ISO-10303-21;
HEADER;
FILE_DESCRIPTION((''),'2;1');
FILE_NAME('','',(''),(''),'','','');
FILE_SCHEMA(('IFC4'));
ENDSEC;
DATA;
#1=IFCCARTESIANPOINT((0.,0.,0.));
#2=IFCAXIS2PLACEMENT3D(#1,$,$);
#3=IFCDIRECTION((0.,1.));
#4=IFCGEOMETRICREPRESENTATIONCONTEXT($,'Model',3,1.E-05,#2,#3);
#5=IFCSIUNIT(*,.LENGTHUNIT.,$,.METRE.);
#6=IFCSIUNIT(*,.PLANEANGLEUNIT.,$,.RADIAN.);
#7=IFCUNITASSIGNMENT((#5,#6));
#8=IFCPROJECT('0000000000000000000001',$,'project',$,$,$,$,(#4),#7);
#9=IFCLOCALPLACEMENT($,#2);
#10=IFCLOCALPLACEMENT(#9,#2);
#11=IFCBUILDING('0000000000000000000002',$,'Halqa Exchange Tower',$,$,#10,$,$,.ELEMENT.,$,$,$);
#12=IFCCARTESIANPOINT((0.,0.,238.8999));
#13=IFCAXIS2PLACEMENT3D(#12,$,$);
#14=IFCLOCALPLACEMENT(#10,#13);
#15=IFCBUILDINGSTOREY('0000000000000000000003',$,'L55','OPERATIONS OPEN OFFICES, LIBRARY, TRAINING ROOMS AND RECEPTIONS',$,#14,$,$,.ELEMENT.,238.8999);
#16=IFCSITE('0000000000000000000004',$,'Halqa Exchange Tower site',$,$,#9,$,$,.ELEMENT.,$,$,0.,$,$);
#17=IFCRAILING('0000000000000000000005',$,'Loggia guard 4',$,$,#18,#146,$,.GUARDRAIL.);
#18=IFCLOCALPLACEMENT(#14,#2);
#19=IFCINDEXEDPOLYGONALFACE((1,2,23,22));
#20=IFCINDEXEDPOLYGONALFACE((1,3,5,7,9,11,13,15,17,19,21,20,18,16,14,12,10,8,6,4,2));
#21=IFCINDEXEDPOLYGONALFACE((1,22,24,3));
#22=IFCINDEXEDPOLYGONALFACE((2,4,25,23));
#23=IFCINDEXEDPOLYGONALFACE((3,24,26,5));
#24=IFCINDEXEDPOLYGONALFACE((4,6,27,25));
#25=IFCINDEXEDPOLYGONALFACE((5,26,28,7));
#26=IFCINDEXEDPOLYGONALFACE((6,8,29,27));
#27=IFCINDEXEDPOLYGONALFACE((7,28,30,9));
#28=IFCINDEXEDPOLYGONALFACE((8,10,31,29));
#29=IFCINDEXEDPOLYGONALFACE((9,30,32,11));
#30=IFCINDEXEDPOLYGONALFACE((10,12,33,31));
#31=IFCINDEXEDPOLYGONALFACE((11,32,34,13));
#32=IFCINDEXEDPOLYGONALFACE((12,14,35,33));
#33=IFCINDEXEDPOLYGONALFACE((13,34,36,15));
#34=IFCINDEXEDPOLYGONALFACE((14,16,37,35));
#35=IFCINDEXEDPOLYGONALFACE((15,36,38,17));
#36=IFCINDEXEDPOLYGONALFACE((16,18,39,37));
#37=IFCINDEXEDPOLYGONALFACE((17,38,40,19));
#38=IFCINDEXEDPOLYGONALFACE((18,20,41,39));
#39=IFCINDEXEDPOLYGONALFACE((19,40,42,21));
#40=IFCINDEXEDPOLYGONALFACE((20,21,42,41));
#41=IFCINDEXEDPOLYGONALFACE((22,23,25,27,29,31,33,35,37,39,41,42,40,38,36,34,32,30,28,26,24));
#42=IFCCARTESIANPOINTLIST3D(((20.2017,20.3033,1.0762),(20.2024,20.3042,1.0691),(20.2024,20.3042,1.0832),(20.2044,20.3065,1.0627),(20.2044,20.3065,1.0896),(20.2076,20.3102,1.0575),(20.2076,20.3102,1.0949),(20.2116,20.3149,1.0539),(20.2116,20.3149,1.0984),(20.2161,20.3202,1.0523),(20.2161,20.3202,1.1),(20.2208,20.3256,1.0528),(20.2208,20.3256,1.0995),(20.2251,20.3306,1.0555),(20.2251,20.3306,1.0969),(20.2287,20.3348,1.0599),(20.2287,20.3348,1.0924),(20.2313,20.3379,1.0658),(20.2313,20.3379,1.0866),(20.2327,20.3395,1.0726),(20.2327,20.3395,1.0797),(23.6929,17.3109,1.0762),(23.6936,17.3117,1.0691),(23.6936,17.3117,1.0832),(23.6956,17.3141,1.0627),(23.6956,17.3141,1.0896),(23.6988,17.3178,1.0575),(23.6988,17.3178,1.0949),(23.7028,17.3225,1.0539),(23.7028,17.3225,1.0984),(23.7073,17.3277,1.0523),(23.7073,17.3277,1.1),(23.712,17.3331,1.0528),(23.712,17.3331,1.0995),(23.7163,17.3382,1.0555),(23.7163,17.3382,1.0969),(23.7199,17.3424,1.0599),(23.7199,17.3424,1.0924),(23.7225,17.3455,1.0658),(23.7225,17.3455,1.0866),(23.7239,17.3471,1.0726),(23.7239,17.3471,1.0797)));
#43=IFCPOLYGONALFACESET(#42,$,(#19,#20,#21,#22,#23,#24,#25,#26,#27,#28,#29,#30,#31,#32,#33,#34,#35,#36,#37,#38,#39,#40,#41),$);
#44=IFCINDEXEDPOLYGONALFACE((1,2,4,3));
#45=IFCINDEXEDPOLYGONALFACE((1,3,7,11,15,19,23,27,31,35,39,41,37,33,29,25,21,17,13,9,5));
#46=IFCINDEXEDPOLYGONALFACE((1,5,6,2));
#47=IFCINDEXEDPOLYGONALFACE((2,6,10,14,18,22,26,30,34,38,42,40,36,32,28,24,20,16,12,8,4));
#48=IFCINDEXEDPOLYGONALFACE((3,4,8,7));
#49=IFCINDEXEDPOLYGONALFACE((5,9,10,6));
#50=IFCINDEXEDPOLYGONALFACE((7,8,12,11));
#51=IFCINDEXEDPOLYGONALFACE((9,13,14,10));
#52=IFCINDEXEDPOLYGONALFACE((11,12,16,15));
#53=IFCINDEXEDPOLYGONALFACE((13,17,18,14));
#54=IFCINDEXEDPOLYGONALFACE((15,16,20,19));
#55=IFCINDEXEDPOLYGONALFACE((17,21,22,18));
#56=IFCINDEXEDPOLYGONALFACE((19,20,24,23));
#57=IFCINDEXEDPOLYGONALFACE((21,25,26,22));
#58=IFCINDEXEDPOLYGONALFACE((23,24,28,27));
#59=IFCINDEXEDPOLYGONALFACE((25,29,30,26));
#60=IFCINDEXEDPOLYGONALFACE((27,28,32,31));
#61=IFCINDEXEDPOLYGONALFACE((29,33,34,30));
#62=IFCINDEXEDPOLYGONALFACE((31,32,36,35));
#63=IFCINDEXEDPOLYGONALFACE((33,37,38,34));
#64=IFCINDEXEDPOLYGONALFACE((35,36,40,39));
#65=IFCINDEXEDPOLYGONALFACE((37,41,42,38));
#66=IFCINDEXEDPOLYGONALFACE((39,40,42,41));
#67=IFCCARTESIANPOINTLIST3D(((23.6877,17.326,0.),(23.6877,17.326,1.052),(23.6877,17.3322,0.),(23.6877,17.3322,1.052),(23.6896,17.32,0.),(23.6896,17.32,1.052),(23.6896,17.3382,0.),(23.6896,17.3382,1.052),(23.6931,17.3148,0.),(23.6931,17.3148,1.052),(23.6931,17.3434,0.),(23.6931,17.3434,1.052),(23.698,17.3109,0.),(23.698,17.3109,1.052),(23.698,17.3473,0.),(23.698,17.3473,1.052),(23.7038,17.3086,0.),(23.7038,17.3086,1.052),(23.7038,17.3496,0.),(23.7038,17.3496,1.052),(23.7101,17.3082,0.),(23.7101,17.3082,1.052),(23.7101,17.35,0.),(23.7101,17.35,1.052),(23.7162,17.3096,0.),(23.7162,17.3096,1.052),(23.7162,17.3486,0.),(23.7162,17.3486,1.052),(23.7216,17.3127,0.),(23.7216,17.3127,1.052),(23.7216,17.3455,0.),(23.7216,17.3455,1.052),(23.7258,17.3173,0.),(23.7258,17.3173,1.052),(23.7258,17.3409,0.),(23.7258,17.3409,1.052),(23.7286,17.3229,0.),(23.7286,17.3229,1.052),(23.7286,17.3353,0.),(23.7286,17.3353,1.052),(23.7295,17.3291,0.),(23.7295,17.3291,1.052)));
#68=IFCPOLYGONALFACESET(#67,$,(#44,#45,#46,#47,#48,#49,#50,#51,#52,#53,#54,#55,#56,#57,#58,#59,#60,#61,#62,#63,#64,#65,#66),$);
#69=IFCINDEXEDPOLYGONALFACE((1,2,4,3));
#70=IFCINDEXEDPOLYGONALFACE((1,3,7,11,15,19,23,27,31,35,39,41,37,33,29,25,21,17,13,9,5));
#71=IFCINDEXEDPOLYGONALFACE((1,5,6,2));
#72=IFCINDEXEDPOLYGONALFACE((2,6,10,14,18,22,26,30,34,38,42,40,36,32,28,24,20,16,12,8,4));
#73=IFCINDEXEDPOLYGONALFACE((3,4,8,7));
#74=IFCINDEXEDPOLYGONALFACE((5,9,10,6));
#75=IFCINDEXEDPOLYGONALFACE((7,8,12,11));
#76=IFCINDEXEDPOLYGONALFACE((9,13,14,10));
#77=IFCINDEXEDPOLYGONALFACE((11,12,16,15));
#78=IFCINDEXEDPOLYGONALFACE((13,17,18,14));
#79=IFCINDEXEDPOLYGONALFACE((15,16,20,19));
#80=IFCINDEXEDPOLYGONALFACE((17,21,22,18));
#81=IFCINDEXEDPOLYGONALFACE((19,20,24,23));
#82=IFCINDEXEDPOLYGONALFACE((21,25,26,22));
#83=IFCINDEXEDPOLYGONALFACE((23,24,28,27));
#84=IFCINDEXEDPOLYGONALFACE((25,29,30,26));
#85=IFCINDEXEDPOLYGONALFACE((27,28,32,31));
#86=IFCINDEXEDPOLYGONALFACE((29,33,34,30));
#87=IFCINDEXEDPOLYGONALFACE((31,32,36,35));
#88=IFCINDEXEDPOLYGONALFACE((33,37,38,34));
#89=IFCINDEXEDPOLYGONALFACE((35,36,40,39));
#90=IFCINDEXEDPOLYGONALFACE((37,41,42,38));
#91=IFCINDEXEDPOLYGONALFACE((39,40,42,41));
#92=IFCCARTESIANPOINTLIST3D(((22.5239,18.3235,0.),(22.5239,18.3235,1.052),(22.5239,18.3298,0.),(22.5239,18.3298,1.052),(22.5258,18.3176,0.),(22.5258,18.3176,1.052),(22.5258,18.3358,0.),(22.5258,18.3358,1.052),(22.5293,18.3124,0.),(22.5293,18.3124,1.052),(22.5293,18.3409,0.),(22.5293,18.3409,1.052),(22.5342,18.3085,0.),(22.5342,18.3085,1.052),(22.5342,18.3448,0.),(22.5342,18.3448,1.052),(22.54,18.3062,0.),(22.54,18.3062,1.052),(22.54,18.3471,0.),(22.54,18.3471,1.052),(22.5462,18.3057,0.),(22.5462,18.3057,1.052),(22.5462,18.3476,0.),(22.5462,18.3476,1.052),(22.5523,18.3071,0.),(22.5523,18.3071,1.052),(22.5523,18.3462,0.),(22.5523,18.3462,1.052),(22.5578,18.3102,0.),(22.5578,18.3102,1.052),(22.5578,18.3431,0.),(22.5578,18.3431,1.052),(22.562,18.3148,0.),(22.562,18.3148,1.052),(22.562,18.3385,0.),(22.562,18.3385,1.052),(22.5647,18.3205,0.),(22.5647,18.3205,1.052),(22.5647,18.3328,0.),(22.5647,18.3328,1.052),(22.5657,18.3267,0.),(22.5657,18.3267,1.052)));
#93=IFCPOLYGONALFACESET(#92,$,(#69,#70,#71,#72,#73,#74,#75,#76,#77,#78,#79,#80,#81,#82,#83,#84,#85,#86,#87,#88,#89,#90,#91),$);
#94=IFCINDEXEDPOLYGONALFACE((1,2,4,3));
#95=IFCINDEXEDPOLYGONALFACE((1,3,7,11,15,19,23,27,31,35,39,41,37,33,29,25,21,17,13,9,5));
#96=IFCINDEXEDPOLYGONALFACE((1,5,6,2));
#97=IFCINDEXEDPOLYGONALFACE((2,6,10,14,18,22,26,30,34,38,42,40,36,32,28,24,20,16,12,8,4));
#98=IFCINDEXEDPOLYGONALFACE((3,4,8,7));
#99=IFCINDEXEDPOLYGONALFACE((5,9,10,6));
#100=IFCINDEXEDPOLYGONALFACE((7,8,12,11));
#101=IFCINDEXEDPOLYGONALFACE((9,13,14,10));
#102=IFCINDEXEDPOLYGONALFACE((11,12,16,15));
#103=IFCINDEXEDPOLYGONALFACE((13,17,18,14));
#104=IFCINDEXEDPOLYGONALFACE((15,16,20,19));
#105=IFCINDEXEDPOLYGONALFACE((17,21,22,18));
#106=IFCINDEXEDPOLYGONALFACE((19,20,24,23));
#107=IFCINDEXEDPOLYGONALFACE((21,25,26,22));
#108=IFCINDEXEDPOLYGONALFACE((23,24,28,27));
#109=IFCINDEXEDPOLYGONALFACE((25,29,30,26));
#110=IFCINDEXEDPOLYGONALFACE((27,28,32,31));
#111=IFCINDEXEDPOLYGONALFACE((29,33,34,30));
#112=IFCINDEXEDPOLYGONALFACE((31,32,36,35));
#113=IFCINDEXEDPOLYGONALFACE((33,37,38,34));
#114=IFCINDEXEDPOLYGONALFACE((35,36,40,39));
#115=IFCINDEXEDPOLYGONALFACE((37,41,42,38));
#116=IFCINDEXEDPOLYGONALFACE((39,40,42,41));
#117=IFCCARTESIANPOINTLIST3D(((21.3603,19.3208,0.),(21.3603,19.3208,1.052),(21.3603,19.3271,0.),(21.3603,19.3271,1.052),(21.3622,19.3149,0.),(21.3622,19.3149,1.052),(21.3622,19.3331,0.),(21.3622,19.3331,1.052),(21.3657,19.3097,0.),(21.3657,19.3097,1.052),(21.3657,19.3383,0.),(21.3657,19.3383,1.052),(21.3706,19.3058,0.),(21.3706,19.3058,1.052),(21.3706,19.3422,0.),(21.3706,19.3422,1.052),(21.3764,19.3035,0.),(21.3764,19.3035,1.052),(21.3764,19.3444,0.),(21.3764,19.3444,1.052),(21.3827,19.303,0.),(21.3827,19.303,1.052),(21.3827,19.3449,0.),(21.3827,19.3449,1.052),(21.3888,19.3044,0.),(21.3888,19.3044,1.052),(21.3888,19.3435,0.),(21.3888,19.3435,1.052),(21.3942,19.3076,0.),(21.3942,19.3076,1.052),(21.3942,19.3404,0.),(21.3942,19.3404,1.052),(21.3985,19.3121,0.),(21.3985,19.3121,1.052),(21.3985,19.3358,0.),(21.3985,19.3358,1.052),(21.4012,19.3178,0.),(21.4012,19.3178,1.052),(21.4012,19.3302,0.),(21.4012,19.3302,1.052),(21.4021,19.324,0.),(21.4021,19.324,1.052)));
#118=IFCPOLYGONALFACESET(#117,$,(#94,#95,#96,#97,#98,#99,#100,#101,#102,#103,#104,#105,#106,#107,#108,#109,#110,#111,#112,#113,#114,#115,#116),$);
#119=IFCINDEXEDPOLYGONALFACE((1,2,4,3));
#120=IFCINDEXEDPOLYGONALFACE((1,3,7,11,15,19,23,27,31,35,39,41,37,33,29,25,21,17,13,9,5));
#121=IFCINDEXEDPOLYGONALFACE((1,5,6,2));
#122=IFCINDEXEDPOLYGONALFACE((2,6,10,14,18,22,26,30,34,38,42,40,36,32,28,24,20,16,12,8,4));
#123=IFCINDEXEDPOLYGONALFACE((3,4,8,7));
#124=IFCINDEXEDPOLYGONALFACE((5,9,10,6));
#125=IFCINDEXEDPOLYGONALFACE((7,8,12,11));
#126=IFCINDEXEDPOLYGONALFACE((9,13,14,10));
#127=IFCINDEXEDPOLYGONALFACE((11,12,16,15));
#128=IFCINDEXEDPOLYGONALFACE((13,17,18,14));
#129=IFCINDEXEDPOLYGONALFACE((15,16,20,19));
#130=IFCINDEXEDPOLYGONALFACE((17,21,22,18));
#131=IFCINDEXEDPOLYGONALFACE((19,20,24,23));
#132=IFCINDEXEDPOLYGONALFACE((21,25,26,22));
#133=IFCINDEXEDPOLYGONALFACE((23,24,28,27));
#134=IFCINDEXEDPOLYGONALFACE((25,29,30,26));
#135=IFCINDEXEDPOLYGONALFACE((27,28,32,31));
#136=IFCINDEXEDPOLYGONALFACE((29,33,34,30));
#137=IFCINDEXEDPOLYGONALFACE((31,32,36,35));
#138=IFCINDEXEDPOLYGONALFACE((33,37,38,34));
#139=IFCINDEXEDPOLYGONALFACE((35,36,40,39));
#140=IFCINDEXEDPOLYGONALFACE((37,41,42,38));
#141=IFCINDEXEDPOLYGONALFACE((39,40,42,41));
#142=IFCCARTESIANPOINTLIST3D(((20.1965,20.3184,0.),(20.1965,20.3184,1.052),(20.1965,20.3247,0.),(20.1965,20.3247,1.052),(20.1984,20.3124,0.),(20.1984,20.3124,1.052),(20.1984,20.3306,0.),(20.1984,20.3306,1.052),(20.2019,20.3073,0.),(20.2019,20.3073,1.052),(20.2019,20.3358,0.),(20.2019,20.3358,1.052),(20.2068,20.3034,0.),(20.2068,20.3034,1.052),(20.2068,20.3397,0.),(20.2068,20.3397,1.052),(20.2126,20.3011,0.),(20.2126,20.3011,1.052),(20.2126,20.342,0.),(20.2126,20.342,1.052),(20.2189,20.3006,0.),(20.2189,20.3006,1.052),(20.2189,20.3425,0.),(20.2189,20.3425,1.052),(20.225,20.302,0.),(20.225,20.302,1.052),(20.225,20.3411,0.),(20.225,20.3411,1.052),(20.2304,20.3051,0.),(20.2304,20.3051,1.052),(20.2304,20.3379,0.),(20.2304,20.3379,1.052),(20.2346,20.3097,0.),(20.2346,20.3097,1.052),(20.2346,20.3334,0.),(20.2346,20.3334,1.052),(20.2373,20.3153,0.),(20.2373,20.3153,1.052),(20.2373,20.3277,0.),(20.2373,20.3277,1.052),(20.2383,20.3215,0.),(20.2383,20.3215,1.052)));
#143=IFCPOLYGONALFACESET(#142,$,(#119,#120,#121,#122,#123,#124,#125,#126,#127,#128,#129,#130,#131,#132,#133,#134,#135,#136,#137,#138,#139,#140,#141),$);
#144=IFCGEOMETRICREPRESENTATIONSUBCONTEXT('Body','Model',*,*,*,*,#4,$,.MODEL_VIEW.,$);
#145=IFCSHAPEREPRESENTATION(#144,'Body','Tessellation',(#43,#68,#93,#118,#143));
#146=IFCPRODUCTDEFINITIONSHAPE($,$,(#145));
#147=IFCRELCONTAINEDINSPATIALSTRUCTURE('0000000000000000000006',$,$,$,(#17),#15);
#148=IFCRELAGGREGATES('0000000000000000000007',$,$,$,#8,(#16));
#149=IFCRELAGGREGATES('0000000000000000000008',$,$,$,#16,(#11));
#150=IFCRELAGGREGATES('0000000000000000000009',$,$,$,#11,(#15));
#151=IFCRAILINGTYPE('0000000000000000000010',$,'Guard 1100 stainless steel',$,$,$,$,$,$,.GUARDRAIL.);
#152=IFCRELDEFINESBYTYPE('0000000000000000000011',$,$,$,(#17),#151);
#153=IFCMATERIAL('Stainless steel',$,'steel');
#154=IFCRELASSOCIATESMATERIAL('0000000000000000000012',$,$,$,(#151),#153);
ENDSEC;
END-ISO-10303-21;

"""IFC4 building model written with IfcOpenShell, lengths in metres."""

from ifc_helpers import new_model, si_unit, direction, frame, origin, origin_2d, place, context, subcontext, project, spatial, circle, extrude, material, type_object, element, save


model = new_model("IFC4")

# Units and contexts
model_context = context("Model", 3, precision=1e-05, world=origin(), true_north=direction((0.0, 1.0)))
body_context = subcontext(model_context, "Body", "Model", "MODEL_VIEW")
ifc_project = project(units=[si_unit("LENGTHUNIT", "METRE"), si_unit("PLANEANGLEUNIT", "RADIAN")], contexts=[model_context])

# Site, building, storey
site_placement = place(None, origin())
site = spatial("IfcSite", under=ifc_project, at=site_placement, Name="Halqa Exchange Tower site", CompositionType="ELEMENT", RefElevation=0.0)
building_placement = place(site_placement, origin())
building = spatial("IfcBuilding", under=site, at=building_placement, Name="Halqa Exchange Tower", CompositionType="ELEMENT")
storey_placement = place(building_placement, frame((0.0, 0.0, 238.8999)))
storey = spatial("IfcBuildingStorey", under=building, at=storey_placement, Name="L55", Description="OPERATIONS OPEN OFFICES, LIBRARY, TRAINING ROOMS AND RECEPTIONS", CompositionType="ELEMENT", Elevation=238.8999)

# Railing
ifc_material_1 = material(Name="Stainless steel", Category="steel")
railing_type = type_object("IfcRailingType", Name="Guard 1100 stainless steel", PredefinedType="GUARDRAIL", material=ifc_material_1)
railing_1_placement = place(storey_placement, frame((23.7085, 17.3291, 0.0)))
element("IfcRailing", 1, at=railing_1_placement, inside=storey, type_object=railing_type, Name="Loggia guard 4", PredefinedType="GUARDRAIL", context=body_context, shape_type="SweptSolid", body=[
    extrude(circle(Radius=0.0239, at=origin_2d()), frame((0.0, 0.0, 1.0762), z_axis=(-0.75926, 0.650787, 0.0), x_axis=(-0.650787, -0.75926, 0.0)), (0.0, 0.0, 1.0), 4.5981),
    extrude(circle(Radius=0.021, at=origin_2d()), origin(), (0.0, 0.0, 1.0), 1.052),
    extrude(circle(Radius=0.021, at=origin_2d()), frame((-1.1638, 0.9976, 0.0)), (0.0, 0.0, 1.0), 1.052),
    extrude(circle(Radius=0.021, at=origin_2d()), frame((-2.3274, 1.9949, 0.0)), (0.0, 0.0, 1.0), 1.052),
    extrude(circle(Radius=0.021, at=origin_2d()), frame((-3.4912, 2.9924, 0.0)), (0.0, 0.0, 1.0), 1.052),
])

save(model, "model.ifc")
